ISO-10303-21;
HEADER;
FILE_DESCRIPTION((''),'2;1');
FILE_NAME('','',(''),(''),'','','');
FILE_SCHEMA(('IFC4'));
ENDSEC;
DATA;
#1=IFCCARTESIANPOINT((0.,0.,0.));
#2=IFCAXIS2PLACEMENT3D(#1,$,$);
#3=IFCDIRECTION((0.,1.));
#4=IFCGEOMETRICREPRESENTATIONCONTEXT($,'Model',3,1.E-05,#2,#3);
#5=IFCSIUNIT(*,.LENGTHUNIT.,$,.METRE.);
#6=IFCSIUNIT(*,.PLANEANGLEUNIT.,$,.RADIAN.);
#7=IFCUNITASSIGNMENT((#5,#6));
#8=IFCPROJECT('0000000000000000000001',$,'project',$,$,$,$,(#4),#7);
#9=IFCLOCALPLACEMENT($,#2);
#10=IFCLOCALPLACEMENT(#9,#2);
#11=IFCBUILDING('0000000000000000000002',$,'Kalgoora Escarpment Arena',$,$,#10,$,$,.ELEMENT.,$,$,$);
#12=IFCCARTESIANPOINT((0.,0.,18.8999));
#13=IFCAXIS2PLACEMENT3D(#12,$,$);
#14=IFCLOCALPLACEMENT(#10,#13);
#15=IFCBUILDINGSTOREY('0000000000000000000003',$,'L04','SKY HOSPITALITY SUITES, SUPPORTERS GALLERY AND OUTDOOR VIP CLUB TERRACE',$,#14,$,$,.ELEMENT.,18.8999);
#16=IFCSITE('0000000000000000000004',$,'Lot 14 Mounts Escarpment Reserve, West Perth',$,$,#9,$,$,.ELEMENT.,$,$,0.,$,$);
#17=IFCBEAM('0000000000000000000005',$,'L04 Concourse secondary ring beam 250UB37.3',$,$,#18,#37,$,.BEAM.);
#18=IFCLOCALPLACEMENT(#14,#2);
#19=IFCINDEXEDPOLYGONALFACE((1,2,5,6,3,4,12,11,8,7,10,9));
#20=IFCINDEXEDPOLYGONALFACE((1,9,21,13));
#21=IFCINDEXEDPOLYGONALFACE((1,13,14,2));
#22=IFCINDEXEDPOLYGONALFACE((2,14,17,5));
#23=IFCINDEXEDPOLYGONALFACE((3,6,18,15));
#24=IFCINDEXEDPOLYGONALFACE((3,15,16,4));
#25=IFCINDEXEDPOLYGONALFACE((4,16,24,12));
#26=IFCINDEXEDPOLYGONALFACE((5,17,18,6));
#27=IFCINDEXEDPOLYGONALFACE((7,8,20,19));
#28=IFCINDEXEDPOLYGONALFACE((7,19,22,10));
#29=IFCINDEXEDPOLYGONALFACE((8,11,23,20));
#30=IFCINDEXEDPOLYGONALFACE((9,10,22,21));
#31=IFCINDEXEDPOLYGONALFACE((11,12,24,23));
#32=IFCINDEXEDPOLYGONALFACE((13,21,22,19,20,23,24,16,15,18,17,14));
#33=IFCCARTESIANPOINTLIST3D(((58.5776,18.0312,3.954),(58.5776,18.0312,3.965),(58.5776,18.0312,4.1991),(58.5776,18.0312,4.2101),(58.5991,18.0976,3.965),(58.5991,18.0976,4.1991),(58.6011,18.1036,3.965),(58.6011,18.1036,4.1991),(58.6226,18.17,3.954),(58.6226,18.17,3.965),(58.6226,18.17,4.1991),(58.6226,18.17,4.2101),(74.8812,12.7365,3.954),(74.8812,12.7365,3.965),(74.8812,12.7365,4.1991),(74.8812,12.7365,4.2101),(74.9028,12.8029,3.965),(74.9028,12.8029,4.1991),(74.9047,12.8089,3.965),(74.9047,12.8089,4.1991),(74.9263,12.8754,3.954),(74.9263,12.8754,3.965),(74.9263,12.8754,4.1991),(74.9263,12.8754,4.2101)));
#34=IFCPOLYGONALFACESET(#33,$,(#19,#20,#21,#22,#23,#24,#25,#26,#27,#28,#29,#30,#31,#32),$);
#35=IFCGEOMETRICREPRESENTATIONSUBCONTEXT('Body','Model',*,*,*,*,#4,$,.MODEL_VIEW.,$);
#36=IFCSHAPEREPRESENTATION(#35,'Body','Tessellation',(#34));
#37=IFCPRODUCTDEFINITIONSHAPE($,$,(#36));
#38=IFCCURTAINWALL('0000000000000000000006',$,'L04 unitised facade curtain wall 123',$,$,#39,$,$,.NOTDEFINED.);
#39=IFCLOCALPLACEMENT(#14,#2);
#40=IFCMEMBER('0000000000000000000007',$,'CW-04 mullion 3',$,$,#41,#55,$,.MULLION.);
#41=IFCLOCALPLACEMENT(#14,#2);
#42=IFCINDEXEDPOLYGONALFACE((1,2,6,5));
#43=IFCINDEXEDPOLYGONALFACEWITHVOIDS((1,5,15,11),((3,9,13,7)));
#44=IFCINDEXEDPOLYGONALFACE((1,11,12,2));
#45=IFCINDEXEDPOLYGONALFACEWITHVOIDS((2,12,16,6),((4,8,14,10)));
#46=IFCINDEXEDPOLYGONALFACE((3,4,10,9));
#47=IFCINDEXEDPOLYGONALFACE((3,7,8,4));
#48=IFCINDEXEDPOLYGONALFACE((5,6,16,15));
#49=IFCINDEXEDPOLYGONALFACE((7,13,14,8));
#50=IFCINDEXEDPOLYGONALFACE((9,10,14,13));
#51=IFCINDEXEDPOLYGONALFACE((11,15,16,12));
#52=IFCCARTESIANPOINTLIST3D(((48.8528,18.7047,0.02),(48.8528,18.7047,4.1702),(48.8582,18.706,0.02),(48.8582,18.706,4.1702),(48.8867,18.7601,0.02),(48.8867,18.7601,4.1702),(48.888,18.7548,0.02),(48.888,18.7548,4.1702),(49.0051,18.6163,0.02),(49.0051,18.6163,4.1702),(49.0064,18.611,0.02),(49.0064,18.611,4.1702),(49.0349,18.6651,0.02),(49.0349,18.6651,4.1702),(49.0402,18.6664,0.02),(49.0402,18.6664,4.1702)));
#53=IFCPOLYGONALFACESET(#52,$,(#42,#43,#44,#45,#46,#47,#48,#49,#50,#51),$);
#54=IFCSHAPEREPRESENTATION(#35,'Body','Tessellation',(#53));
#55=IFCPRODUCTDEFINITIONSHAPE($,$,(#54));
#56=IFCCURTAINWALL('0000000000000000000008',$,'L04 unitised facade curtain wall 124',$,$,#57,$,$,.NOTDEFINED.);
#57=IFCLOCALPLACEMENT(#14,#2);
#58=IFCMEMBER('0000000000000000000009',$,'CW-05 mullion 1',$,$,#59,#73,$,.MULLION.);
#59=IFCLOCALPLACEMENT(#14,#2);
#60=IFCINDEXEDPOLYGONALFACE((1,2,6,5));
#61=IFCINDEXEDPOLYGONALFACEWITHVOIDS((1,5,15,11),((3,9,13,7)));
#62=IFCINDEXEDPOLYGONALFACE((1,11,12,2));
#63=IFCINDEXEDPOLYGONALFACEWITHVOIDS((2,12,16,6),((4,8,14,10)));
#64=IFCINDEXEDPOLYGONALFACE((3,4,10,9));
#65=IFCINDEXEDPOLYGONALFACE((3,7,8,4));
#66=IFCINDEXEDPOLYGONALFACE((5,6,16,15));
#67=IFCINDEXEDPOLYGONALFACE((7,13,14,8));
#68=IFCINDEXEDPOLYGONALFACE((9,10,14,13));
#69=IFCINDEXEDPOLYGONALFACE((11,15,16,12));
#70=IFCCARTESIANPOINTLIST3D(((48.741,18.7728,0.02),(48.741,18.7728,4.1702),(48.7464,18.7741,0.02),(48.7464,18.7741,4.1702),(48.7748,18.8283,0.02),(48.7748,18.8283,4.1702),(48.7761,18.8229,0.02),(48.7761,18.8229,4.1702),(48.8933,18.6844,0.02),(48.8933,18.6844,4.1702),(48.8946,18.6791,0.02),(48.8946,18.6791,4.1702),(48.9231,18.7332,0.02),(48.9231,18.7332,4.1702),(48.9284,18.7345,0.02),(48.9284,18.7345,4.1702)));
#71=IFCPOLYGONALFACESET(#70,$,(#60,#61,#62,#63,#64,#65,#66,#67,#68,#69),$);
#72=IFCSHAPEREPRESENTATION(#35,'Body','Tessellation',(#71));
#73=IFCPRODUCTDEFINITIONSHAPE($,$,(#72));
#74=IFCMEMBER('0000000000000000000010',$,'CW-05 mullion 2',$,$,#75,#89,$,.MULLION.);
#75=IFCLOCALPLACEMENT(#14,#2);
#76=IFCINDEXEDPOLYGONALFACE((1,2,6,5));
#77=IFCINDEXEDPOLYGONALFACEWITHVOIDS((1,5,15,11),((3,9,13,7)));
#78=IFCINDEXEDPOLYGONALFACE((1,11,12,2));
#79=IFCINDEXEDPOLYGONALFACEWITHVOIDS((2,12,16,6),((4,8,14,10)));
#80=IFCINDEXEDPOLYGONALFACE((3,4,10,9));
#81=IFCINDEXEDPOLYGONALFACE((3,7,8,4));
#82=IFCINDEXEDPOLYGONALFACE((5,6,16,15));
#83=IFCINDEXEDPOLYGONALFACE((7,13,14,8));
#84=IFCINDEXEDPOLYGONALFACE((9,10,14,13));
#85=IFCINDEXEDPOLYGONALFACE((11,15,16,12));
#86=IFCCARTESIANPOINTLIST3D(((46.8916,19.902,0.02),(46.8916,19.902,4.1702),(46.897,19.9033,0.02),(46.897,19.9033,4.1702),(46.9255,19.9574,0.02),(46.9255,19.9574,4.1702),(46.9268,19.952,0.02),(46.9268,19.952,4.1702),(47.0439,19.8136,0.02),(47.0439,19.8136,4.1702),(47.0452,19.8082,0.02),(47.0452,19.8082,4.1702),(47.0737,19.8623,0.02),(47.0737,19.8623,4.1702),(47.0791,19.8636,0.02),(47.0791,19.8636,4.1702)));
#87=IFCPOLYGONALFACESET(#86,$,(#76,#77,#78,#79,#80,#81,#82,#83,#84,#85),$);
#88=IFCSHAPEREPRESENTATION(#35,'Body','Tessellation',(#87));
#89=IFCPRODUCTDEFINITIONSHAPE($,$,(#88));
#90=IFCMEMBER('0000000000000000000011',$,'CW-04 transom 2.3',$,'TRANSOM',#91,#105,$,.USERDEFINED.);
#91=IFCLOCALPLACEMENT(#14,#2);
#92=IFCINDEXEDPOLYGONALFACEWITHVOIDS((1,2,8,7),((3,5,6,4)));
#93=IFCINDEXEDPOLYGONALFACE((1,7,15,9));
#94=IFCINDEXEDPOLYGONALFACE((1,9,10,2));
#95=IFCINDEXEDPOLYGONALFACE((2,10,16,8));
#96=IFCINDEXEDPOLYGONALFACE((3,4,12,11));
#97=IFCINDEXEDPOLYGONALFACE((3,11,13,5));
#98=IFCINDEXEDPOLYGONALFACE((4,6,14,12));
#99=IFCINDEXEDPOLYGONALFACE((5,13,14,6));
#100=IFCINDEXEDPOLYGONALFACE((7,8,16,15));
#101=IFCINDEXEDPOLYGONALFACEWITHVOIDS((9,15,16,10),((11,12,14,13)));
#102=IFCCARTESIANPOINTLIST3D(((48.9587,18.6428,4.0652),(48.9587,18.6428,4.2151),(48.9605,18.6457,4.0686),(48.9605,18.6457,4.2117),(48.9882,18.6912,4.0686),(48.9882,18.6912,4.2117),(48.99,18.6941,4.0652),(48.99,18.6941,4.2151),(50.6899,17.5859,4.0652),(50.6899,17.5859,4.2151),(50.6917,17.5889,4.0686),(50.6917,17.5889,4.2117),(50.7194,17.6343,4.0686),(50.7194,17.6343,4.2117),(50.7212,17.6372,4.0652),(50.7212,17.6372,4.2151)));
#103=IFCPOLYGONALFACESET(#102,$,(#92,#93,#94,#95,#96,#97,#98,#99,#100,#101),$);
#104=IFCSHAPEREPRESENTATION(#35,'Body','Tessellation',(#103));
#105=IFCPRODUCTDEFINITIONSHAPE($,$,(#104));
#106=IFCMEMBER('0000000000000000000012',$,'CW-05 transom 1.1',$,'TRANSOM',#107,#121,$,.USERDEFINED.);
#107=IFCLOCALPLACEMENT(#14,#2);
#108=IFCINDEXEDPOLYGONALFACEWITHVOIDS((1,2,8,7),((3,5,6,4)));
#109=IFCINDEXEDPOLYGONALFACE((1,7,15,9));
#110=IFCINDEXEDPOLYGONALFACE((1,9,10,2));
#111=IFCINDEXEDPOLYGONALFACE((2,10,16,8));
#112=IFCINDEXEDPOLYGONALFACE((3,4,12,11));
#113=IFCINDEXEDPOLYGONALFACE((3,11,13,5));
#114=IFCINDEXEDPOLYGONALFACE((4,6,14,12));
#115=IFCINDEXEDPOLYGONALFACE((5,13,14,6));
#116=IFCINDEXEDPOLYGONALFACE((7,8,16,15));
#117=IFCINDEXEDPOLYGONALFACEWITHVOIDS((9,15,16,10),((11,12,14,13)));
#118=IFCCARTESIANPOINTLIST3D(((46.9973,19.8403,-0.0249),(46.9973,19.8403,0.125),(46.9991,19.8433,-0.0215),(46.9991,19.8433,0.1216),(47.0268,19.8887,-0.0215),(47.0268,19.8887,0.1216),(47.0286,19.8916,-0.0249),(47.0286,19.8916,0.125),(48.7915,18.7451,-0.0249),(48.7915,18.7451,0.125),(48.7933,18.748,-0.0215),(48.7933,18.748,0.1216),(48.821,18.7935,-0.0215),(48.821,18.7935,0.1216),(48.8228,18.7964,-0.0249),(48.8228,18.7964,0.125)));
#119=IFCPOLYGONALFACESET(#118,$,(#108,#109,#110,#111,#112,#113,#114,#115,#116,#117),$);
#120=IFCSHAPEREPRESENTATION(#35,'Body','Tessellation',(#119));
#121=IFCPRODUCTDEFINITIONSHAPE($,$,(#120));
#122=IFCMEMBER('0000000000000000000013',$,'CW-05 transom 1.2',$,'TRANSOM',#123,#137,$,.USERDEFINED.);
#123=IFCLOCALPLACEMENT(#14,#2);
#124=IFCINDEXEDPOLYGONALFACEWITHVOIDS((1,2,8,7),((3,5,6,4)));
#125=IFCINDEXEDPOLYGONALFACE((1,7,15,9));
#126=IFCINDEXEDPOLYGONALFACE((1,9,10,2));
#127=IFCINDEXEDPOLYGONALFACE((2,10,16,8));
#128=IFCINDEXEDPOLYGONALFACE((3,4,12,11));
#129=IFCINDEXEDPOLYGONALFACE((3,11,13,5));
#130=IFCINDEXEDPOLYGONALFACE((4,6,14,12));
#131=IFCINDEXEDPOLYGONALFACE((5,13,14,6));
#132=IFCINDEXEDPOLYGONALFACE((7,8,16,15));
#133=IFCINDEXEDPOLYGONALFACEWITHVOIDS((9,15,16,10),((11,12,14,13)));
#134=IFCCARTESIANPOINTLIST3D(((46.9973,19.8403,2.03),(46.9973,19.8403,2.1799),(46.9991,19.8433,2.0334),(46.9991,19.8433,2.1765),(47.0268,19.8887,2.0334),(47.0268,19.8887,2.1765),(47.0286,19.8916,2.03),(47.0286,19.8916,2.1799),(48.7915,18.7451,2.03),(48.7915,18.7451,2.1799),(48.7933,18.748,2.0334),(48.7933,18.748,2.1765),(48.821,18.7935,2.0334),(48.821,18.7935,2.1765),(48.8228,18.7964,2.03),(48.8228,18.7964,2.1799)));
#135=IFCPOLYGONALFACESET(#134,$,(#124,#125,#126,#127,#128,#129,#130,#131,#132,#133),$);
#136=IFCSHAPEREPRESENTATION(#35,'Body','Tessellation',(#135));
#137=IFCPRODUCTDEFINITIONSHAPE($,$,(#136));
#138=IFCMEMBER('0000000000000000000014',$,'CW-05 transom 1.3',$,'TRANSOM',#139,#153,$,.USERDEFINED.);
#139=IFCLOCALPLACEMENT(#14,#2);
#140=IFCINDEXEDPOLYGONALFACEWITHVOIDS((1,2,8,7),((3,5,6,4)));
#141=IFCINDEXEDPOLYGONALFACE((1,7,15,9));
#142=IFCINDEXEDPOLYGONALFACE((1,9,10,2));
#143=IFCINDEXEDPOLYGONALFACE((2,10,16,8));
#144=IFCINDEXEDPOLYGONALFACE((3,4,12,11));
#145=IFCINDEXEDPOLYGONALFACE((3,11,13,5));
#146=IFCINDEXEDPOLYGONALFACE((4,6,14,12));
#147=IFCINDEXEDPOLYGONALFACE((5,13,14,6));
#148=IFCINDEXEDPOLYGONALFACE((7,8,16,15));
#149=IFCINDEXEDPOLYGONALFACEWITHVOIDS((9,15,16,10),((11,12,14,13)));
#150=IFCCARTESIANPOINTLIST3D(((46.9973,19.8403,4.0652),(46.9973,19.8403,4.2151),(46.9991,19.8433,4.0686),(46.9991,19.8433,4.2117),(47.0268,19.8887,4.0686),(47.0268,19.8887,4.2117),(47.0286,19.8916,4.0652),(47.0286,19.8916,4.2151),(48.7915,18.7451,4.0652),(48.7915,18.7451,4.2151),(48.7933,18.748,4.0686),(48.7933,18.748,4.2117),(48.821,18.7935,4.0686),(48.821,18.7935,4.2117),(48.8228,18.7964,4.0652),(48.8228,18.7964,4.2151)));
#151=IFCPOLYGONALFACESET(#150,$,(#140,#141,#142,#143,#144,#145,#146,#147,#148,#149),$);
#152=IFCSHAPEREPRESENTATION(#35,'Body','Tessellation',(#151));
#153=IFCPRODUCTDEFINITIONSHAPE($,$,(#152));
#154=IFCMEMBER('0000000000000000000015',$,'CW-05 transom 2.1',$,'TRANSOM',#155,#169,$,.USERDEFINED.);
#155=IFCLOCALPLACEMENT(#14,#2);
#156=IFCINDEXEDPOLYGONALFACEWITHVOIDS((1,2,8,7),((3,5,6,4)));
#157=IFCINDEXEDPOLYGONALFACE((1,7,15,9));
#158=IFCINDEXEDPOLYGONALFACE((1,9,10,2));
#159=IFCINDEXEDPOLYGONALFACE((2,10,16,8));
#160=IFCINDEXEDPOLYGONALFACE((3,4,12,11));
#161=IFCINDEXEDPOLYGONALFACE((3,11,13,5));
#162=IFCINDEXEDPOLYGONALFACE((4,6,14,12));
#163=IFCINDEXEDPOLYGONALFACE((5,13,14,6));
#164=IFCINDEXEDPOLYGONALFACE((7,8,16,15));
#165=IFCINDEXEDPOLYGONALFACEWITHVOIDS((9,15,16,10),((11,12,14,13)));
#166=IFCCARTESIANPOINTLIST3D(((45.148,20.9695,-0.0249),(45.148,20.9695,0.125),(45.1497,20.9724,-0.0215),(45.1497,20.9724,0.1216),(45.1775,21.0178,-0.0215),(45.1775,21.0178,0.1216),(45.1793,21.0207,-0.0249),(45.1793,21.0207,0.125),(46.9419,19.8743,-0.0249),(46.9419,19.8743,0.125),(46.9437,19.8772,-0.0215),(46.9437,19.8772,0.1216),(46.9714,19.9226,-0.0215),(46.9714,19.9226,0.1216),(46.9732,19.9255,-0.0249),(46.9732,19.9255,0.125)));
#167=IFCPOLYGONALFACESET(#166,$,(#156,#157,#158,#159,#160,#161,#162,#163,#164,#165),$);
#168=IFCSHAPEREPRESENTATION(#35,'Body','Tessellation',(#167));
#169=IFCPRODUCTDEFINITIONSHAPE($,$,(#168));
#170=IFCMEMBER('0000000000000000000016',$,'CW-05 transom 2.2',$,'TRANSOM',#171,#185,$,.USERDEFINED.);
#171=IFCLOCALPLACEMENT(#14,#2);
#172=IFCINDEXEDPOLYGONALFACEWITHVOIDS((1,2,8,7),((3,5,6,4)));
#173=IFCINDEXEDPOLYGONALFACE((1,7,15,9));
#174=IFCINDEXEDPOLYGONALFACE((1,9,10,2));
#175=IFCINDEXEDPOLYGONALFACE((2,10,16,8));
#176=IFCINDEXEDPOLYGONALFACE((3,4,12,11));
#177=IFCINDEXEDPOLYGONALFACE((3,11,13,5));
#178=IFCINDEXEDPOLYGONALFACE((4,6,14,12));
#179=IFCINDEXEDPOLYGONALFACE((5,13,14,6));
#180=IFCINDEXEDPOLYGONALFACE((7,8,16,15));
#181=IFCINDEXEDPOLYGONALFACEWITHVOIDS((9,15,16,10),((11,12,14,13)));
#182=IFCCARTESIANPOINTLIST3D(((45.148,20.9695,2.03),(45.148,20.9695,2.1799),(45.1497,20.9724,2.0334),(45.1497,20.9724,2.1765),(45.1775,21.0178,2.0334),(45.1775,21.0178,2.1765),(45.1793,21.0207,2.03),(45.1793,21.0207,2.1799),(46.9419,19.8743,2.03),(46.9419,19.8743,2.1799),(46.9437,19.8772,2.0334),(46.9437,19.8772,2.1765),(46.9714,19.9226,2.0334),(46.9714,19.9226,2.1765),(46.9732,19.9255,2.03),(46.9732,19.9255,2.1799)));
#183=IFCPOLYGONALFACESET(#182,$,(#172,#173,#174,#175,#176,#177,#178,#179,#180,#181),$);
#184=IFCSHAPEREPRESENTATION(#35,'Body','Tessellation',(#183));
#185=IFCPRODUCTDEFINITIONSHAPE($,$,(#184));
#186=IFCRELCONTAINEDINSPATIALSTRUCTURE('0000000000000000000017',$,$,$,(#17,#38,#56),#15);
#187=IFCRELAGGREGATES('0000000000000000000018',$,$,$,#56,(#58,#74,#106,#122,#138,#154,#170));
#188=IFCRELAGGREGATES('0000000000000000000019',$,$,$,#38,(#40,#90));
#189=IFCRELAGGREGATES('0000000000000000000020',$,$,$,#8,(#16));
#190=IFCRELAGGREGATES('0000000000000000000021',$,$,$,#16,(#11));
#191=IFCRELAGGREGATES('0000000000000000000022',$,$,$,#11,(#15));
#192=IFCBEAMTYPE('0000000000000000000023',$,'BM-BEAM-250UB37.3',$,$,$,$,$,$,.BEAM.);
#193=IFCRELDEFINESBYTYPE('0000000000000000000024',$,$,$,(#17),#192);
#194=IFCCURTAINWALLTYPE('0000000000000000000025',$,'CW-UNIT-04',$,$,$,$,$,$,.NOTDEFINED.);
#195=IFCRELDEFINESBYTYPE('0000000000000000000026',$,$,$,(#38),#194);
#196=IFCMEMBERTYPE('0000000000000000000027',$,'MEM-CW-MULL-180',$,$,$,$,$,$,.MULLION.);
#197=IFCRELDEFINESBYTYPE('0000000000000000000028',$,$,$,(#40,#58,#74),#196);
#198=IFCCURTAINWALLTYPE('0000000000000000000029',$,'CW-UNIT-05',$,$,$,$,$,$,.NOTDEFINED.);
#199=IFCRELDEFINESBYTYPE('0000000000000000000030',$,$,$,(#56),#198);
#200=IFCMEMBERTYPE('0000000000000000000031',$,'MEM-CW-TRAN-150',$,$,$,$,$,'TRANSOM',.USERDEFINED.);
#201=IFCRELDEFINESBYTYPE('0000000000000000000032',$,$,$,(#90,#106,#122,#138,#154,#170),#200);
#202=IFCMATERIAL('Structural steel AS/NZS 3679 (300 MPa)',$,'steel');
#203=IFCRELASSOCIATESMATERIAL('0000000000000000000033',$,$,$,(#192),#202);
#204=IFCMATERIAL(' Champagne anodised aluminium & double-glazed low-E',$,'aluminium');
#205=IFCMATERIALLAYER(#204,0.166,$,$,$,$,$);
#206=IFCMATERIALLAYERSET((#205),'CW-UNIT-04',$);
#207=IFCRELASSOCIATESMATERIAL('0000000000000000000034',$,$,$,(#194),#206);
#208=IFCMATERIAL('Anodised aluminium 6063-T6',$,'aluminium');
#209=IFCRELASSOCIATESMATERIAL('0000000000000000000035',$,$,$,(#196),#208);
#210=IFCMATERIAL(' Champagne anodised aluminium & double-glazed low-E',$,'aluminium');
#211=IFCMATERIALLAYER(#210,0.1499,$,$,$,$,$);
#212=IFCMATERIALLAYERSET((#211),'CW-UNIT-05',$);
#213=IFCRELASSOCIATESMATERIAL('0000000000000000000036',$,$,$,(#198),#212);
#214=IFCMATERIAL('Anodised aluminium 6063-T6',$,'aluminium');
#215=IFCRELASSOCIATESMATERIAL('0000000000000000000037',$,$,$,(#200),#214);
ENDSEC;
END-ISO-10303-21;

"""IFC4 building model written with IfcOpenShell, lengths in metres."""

from ifc_helpers import new_model, si_unit, direction, frame, origin, origin_2d, place, context, subcontext, project, spatial, hollow_rectangle, i_section, extrude, material, layer, layer_set, material_profile, profile_set, type_object, element, aggregate, save


model = new_model("IFC4")

# Units and contexts
model_context = context("Model", 3, precision=1e-05, world=origin(), true_north=direction((0.0, 1.0)))
body_context = subcontext(model_context, "Body", "Model", "MODEL_VIEW")
ifc_project = project(units=[si_unit("LENGTHUNIT", "METRE"), si_unit("PLANEANGLEUNIT", "RADIAN")], contexts=[model_context])

# Site, building, storey
site_placement = place(None, origin())
site = spatial("IfcSite", under=ifc_project, at=site_placement, Name="Lot 14 Mounts Escarpment Reserve, West Perth", CompositionType="ELEMENT", RefElevation=0.0)
building_placement = place(site_placement, origin())
building = spatial("IfcBuilding", under=site, at=building_placement, Name="Kalgoora Escarpment Arena", CompositionType="ELEMENT")
storey_placement = place(building_placement, frame((0.0, 0.0, 18.8999)))
storey = spatial("IfcBuildingStorey", under=building, at=storey_placement, Name="L04", Description="SKY HOSPITALITY SUITES, SUPPORTERS GALLERY AND OUTDOOR VIP CLUB TERRACE", CompositionType="ELEMENT", Elevation=18.8999)

# Beam
ifc_material_1 = material(Name="Structural steel AS/NZS 3679 (300 MPa)", Category="steel")
ifc_material_profile_1 = material_profile(ifc_material_1, i_section(OverallWidth=0.146, OverallDepth=0.2561, WebThickness=0.0063, FlangeThickness=0.011, at=origin_2d()))
ifc_profile_set_1 = profile_set([ifc_material_profile_1], Name="Structural steel AS/NZS 3679 (300 MPa)")
beam_type = type_object("IfcBeamType", Name="BM-BEAM-250UB37.3", PredefinedType="BEAM", material=ifc_profile_set_1)
beam_placement = place(storey_placement, frame((58.6001, 18.1006, 4.082), z_axis=(0.951103, -0.308874, 0.0), x_axis=(0.308874, 0.951103, 0.0)))
element("IfcBeam", 1, at=beam_placement, inside=storey, type_object=beam_type, Name="L04 Concourse secondary ring beam 250UB37.3", PredefinedType="BEAM", context=body_context, shape_type="SweptSolid", body=[
    extrude(i_section(OverallWidth=0.146, OverallDepth=0.2561, WebThickness=0.0063, FlangeThickness=0.011, at=origin_2d()), origin(), (0.0, 0.0, 1.0), 17.1418),
])

# Curtain wall, member
ifc_material_2 = material(Name=" Champagne anodised aluminium & double-glazed low-E", Category="aluminium")
ifc_layer_1 = layer(ifc_material_2, 0.166)
ifc_layer_set_1 = layer_set([ifc_layer_1], Name="CW-UNIT-04")
curtain_wall_type_1 = type_object("IfcCurtainWallType", Name="CW-UNIT-04", PredefinedType="NOTDEFINED", material=ifc_layer_set_1)
curtain_wall_1_placement = place(storey_placement, origin())
curtain_wall_1 = element("IfcCurtainWall", 2, at=curtain_wall_1_placement, inside=storey, type_object=curtain_wall_type_1, Name="L04 unitised facade curtain wall 123", PredefinedType="NOTDEFINED")
ifc_material_3 = material(Name="Anodised aluminium 6063-T6", Category="aluminium")
ifc_material_profile_2 = material_profile(ifc_material_3, hollow_rectangle(XDim=0.0649, YDim=0.1799, WallThickness=0.0039, at=origin_2d()))
ifc_profile_set_2 = profile_set([ifc_material_profile_2], Name="Anodised aluminium 6063-T6")
member_type_1 = type_object("IfcMemberType", Name="MEM-CW-MULL-180", PredefinedType="MULLION", material=ifc_profile_set_2)
member_1_placement = place(storey_placement, frame((48.9465, 18.6855, 0.02), z_axis=(0.0, 0.0, 1.0), x_axis=(-0.521049, -0.853527, 0.0)))
member_1 = element("IfcMember", 3, at=member_1_placement, type_object=member_type_1, Name="CW-04 mullion 3", PredefinedType="MULLION", context=body_context, shape_type="SweptSolid", body=[
    extrude(hollow_rectangle(XDim=0.0649, YDim=0.1799, WallThickness=0.0039, at=origin_2d()), origin(), (0.0, 0.0, 1.0), 4.1501),
])

# Curtain wall, members
ifc_material_4 = material(Name=" Champagne anodised aluminium & double-glazed low-E", Category="aluminium")
ifc_layer_2 = layer(ifc_material_4, 0.1499)
ifc_layer_set_2 = layer_set([ifc_layer_2], Name="CW-UNIT-05")
curtain_wall_type_2 = type_object("IfcCurtainWallType", Name="CW-UNIT-05", PredefinedType="NOTDEFINED", material=ifc_layer_set_2)
curtain_wall_2_placement = place(storey_placement, origin())
curtain_wall_2 = element("IfcCurtainWall", 4, at=curtain_wall_2_placement, inside=storey, type_object=curtain_wall_type_2, Name="L04 unitised facade curtain wall 124", PredefinedType="NOTDEFINED")
member_2_placement = place(storey_placement, frame((48.8347, 18.7537, 0.02), z_axis=(0.0, 0.0, 1.0), x_axis=(-0.521067, -0.853516, 0.0)))
member_2 = element("IfcMember", 5, at=member_2_placement, type_object=member_type_1, Name="CW-05 mullion 1", PredefinedType="MULLION", context=body_context, shape_type="SweptSolid", body=[
    extrude(hollow_rectangle(XDim=0.0649, YDim=0.1799, WallThickness=0.0039, at=origin_2d()), origin(), (0.0, 0.0, 1.0), 4.1501),
])
member_3_placement = place(storey_placement, frame((46.9854, 19.8828, 0.02), z_axis=(0.0, 0.0, 1.0), x_axis=(-0.521067, -0.853516, 0.0)))
member_3 = element("IfcMember", 6, at=member_3_placement, type_object=member_type_1, Name="CW-05 mullion 2", PredefinedType="MULLION", context=body_context, shape_type="SweptSolid", body=[
    extrude(hollow_rectangle(XDim=0.0649, YDim=0.1799, WallThickness=0.0039, at=origin_2d()), origin(), (0.0, 0.0, 1.0), 4.1501),
])

# Members
ifc_material_5 = material(Name="Anodised aluminium 6063-T6", Category="aluminium")
ifc_material_profile_3 = material_profile(ifc_material_5, hollow_rectangle(XDim=0.0601, YDim=0.1499, WallThickness=0.0034, at=origin_2d()))
ifc_profile_set_3 = profile_set([ifc_material_profile_3], Name="Anodised aluminium 6063-T6")
member_type_2 = type_object("IfcMemberType", Name="MEM-CW-TRAN-150", ElementType="TRANSOM", PredefinedType="USERDEFINED", material=ifc_profile_set_3)
member_4_placement = place(storey_placement, frame((50.7056, 17.6116, 4.1401), z_axis=(-0.853517, 0.521065, 0.0), x_axis=(-0.521065, -0.853517, 0.0)))
member_4 = element("IfcMember", 7, at=member_4_placement, type_object=member_type_2, Name="CW-04 transom 2.3", ObjectType="TRANSOM", PredefinedType="USERDEFINED", context=body_context, shape_type="SweptSolid", body=[
    extrude(hollow_rectangle(XDim=0.0601, YDim=0.1499, WallThickness=0.0034, at=origin_2d()), origin(), (0.0, 0.0, 1.0), 2.0283),
])
member_5_placement = place(storey_placement, frame((48.8071, 18.7708, 0.05), z_axis=(-0.853543, 0.521022, 0.0), x_axis=(-0.521022, -0.853543, 0.0)))
member_5 = element("IfcMember", 8, at=member_5_placement, type_object=member_type_2, Name="CW-05 transom 1.1", ObjectType="TRANSOM", PredefinedType="USERDEFINED", context=body_context, shape_type="SweptSolid", body=[
    extrude(hollow_rectangle(XDim=0.0601, YDim=0.1499, WallThickness=0.0034, at=origin_2d()), origin(), (0.0, 0.0, 1.0), 2.1021),
])
member_6_placement = place(storey_placement, frame((48.8071, 18.7708, 2.105), z_axis=(-0.853543, 0.521022, 0.0), x_axis=(-0.521022, -0.853543, 0.0)))
member_6 = element("IfcMember", 9, at=member_6_placement, type_object=member_type_2, Name="CW-05 transom 1.2", ObjectType="TRANSOM", PredefinedType="USERDEFINED", context=body_context, shape_type="SweptSolid", body=[
    extrude(hollow_rectangle(XDim=0.0601, YDim=0.1499, WallThickness=0.0034, at=origin_2d()), origin(), (0.0, 0.0, 1.0), 2.1021),
])
member_7_placement = place(storey_placement, frame((48.8071, 18.7708, 4.1401), z_axis=(-0.853543, 0.521022, 0.0), x_axis=(-0.521022, -0.853543, 0.0)))
member_7 = element("IfcMember", 10, at=member_7_placement, type_object=member_type_2, Name="CW-05 transom 1.3", ObjectType="TRANSOM", PredefinedType="USERDEFINED", context=body_context, shape_type="SweptSolid", body=[
    extrude(hollow_rectangle(XDim=0.0601, YDim=0.1499, WallThickness=0.0034, at=origin_2d()), origin(), (0.0, 0.0, 1.0), 2.1021),
])
member_8_placement = place(storey_placement, frame((46.9575, 19.8999, 0.05), z_axis=(-0.853511, 0.521074, 0.0), x_axis=(-0.521074, -0.853511, 0.0)))
member_8 = element("IfcMember", 11, at=member_8_placement, type_object=member_type_2, Name="CW-05 transom 2.1", ObjectType="TRANSOM", PredefinedType="USERDEFINED", context=body_context, shape_type="SweptSolid", body=[
    extrude(hollow_rectangle(XDim=0.0601, YDim=0.1499, WallThickness=0.0034, at=origin_2d()), origin(), (0.0, 0.0, 1.0), 2.1018),
])
member_9_placement = place(storey_placement, frame((46.9575, 19.8999, 2.105), z_axis=(-0.853511, 0.521074, 0.0), x_axis=(-0.521074, -0.853511, 0.0)))
member_9 = element("IfcMember", 12, at=member_9_placement, type_object=member_type_2, Name="CW-05 transom 2.2", ObjectType="TRANSOM", PredefinedType="USERDEFINED", context=body_context, shape_type="SweptSolid", body=[
    extrude(hollow_rectangle(XDim=0.0601, YDim=0.1499, WallThickness=0.0034, at=origin_2d()), origin(), (0.0, 0.0, 1.0), 2.1018),
])

aggregate(curtain_wall_2, [member_2, member_3, member_5, member_6, member_7, member_8, member_9])
aggregate(curtain_wall_1, [member_1, member_4])

save(model, "model.ifc")
